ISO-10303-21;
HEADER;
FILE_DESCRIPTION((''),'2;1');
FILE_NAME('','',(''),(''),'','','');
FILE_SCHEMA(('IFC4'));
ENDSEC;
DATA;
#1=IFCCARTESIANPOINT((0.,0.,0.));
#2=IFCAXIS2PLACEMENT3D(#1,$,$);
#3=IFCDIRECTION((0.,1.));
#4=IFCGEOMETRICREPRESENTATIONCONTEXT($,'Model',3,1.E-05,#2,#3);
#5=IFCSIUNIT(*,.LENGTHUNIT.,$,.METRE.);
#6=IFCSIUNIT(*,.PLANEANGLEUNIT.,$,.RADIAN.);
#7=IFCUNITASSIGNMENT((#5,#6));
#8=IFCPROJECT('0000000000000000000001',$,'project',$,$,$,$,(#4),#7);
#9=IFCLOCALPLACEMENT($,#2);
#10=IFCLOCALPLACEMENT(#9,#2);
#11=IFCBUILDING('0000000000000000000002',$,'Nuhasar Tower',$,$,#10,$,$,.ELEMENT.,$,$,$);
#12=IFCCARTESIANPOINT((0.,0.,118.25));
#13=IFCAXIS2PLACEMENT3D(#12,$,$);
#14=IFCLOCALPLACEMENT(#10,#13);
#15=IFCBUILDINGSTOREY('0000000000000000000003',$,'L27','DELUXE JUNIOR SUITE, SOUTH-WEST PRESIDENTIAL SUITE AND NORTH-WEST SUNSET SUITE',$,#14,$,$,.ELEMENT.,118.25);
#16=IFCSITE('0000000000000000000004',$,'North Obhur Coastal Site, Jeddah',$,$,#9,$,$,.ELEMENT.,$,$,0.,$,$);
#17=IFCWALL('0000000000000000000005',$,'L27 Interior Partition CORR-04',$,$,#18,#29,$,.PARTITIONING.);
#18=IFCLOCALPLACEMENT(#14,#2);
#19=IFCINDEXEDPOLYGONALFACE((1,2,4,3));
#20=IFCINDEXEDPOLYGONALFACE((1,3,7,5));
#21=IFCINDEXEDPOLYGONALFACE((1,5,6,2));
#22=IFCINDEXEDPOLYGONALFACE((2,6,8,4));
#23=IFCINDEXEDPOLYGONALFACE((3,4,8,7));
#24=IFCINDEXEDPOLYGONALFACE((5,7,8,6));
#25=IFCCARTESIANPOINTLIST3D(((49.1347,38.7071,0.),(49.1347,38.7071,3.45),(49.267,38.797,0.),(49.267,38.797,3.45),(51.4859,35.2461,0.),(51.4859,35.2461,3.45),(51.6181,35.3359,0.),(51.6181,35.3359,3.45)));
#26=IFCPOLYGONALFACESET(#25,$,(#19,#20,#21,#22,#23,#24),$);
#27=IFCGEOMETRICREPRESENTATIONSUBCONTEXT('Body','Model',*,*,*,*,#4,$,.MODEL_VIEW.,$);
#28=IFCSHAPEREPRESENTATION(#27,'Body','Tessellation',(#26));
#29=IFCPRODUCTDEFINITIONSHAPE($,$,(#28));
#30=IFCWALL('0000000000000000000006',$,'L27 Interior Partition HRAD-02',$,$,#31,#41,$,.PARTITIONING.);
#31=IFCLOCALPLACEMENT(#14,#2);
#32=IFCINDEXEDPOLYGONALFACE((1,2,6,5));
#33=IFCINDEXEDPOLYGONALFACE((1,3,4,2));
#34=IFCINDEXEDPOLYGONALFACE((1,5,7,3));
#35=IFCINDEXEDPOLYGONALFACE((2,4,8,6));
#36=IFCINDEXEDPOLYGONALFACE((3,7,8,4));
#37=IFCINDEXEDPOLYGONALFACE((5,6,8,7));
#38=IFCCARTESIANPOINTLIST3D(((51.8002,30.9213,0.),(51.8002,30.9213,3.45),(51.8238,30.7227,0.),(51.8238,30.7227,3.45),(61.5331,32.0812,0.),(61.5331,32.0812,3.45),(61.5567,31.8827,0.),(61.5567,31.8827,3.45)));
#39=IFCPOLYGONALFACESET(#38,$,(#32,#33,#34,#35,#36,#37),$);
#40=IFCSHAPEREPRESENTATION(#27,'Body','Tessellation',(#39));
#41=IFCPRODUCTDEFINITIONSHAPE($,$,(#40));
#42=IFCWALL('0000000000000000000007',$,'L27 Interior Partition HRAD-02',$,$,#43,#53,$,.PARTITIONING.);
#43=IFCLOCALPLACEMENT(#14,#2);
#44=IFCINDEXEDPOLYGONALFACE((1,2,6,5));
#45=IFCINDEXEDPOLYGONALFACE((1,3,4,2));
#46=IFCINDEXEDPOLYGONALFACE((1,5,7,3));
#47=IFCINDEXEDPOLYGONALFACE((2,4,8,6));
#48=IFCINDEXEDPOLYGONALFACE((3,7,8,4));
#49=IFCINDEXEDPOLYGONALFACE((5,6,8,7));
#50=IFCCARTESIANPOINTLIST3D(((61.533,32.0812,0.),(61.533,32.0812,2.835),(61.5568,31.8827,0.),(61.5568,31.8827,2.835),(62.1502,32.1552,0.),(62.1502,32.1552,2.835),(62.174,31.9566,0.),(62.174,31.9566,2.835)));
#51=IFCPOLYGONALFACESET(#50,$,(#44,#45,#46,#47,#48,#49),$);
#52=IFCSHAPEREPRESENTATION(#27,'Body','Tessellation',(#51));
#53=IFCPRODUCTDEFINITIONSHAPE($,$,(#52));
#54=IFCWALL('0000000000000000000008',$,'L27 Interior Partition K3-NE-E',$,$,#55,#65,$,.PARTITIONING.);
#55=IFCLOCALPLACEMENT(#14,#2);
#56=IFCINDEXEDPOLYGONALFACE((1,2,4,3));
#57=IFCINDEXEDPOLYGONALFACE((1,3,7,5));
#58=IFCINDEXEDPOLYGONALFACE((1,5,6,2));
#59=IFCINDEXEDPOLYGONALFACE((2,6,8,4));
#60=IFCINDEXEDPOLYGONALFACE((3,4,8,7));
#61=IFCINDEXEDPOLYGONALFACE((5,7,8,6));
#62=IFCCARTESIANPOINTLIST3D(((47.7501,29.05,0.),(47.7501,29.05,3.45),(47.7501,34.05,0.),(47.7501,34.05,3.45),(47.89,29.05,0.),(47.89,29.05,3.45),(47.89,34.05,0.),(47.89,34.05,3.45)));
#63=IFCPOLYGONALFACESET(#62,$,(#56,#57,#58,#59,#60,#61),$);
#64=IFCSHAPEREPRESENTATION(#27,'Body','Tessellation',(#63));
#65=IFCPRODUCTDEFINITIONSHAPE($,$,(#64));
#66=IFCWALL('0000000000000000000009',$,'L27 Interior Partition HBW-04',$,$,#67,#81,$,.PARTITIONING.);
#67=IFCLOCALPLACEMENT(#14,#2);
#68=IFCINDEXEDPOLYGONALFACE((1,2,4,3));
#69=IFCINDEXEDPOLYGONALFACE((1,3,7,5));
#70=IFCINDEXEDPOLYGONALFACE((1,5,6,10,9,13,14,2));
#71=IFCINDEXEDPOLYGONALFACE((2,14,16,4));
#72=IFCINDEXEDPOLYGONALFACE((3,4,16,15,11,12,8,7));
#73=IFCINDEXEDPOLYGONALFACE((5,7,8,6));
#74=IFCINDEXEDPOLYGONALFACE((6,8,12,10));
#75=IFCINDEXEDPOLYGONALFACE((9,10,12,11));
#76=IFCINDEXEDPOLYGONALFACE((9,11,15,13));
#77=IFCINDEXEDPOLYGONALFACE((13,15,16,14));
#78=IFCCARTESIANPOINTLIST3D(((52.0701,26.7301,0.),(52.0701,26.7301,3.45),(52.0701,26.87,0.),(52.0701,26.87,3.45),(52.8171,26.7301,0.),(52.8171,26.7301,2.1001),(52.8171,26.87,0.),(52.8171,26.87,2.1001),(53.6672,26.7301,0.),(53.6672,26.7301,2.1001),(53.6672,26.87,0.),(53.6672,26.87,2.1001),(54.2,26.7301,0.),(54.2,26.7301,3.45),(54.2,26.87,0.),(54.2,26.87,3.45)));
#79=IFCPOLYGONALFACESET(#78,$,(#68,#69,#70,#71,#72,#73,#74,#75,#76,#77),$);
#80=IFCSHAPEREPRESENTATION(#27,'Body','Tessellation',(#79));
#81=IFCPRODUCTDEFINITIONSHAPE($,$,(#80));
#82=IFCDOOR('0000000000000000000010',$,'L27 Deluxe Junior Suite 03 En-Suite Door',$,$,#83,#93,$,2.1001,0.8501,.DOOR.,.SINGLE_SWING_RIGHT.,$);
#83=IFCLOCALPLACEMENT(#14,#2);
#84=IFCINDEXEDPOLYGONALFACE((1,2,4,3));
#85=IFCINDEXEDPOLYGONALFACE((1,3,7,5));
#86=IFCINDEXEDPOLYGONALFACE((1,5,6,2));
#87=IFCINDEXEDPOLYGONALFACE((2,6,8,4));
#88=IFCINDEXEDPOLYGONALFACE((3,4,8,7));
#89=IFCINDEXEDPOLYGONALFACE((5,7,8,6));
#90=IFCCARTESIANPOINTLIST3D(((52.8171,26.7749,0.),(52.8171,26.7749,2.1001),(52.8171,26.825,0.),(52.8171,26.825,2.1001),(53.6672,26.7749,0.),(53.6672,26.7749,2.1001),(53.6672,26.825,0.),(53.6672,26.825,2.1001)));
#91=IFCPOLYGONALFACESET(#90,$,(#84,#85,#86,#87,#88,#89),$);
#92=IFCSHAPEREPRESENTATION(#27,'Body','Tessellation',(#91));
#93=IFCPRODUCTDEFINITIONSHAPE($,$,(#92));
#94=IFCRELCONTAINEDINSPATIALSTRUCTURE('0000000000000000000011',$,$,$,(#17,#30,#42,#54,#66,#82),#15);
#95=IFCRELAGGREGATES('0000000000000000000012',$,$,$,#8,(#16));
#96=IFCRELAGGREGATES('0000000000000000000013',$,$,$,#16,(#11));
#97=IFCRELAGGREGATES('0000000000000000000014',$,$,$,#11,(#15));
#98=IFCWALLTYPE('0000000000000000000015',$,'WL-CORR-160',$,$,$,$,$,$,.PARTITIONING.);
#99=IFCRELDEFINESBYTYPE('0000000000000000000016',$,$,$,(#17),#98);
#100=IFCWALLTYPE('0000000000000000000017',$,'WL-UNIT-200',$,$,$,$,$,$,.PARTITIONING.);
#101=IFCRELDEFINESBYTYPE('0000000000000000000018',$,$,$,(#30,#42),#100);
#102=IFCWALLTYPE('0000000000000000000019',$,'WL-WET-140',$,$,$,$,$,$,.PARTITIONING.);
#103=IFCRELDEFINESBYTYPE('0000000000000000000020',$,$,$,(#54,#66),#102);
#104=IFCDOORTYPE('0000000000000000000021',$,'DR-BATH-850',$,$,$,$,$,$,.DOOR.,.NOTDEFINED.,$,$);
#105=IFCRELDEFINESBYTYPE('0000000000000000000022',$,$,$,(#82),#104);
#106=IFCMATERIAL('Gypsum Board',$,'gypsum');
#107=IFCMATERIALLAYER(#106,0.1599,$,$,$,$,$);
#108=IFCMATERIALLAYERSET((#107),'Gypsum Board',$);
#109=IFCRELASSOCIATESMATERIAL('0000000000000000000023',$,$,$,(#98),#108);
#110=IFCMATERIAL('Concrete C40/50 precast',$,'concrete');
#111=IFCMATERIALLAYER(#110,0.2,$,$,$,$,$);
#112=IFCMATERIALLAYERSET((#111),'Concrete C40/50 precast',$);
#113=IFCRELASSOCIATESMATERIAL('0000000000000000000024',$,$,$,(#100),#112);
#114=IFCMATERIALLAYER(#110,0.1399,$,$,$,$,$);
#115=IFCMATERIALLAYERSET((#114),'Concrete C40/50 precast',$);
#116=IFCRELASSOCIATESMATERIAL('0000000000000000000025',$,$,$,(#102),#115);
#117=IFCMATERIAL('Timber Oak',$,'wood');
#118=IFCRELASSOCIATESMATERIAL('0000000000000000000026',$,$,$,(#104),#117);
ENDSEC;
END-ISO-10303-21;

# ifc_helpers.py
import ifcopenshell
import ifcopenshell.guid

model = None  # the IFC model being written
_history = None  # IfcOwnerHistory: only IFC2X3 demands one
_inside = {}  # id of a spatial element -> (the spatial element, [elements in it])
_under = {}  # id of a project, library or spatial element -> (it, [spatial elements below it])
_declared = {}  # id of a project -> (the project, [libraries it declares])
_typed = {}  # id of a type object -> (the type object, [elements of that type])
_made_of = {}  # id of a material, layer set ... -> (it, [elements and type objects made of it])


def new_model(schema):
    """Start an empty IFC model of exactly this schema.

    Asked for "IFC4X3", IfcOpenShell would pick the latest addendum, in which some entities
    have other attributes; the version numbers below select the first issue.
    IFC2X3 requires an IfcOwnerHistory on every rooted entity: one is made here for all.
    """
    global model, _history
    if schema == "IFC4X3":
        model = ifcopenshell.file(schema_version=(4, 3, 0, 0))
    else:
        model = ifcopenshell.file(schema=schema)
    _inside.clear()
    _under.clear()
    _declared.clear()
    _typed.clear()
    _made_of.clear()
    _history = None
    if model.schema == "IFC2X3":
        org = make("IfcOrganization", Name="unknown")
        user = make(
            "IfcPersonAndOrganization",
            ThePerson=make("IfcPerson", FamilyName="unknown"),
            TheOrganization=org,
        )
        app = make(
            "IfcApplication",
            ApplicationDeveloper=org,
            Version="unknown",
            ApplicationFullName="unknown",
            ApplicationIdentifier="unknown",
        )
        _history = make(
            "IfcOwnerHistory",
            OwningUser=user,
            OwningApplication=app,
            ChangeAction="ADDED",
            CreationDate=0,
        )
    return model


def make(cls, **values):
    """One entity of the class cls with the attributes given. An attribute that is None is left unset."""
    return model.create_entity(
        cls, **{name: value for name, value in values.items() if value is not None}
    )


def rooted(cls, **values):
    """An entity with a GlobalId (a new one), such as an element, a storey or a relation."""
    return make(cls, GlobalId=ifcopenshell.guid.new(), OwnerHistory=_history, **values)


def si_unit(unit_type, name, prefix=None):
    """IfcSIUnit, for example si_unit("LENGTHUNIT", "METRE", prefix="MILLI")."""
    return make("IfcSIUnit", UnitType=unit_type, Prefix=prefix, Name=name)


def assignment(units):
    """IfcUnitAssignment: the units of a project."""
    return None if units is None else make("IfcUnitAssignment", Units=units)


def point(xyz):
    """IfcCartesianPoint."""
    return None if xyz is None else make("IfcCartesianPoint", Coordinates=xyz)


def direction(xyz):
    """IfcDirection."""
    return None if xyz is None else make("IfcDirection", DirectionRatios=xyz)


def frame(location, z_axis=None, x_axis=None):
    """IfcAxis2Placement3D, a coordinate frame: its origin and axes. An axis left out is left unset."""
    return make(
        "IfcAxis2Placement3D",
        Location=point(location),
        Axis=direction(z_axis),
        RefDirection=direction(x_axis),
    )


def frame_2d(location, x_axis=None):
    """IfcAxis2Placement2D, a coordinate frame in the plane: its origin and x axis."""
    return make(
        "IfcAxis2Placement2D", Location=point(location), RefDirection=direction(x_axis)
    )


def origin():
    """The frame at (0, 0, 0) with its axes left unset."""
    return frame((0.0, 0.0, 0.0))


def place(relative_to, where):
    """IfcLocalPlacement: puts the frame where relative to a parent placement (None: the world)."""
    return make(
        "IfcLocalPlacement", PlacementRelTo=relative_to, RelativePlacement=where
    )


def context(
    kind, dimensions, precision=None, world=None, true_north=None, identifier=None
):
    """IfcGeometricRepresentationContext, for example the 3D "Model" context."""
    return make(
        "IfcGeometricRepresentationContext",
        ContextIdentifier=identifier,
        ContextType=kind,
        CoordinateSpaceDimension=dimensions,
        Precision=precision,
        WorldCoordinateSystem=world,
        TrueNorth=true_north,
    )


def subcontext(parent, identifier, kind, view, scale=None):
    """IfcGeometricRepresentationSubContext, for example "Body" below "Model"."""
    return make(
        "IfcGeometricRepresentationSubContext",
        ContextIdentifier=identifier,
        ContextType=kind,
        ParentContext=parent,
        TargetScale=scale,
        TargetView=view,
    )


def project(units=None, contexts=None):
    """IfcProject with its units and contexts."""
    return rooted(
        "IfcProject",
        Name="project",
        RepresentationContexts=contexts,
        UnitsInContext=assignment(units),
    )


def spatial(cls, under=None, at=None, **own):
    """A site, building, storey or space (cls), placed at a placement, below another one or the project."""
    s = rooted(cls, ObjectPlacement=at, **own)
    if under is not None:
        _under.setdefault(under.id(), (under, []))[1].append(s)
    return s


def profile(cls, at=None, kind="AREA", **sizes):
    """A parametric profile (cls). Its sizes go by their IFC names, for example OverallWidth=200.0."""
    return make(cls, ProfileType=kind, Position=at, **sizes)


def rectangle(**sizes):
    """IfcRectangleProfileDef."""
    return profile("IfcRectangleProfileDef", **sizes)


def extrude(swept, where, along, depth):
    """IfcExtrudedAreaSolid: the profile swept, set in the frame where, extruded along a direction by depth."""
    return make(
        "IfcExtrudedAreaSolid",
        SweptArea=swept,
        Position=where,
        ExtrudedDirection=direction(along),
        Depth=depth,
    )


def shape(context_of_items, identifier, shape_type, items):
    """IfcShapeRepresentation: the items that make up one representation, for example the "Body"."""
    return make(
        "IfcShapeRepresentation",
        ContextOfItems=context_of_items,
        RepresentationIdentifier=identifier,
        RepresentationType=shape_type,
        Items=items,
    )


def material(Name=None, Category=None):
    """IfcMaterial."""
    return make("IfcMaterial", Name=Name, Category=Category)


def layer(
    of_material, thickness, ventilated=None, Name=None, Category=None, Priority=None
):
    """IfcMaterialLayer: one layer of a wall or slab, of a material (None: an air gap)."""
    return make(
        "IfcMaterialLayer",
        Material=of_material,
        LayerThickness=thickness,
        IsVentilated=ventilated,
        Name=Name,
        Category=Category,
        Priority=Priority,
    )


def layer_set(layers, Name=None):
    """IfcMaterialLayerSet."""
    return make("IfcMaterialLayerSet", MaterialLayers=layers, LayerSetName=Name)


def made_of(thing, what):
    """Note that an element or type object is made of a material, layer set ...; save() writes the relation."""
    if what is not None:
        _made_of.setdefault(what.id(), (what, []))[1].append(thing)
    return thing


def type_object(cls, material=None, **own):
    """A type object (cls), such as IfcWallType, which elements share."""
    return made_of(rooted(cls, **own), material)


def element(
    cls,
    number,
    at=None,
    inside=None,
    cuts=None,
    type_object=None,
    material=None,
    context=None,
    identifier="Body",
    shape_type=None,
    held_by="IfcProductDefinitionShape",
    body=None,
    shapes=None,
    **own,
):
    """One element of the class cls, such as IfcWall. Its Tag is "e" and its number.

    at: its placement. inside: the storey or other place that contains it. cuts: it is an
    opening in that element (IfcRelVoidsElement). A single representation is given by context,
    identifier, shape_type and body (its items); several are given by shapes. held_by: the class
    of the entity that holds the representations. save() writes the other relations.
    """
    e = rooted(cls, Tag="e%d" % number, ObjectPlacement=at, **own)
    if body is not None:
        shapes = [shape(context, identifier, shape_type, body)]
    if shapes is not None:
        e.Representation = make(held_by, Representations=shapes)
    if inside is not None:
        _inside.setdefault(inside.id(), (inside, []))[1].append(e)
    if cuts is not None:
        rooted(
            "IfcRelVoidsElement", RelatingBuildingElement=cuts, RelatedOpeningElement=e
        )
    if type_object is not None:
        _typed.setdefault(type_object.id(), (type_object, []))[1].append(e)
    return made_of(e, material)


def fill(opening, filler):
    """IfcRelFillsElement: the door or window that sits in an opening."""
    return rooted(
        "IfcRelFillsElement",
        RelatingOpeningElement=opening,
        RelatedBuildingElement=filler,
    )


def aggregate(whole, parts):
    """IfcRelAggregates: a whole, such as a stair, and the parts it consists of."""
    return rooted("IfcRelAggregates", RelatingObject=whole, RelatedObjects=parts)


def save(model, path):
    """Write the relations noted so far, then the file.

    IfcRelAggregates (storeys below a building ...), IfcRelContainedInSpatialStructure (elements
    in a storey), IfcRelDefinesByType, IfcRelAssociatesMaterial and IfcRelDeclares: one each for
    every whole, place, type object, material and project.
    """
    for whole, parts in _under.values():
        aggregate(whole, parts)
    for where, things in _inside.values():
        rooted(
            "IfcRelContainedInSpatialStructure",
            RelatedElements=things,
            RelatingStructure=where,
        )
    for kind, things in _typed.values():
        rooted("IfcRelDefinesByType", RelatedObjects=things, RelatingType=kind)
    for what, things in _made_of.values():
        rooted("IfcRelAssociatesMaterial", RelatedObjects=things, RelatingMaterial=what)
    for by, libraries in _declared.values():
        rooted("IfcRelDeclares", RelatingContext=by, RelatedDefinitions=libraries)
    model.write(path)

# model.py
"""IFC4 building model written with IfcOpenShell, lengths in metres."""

from ifc_helpers import new_model, si_unit, direction, frame, frame_2d, origin, place, context, subcontext, project, spatial, rectangle, extrude, material, layer, layer_set, type_object, element, fill, save


model = new_model("IFC4")

# Units and contexts
model_context = context("Model", 3, precision=1e-05, world=origin(), true_north=direction((0.0, 1.0)))
body_context = subcontext(model_context, "Body", "Model", "MODEL_VIEW")
ifc_project = project(units=[si_unit("LENGTHUNIT", "METRE"), si_unit("PLANEANGLEUNIT", "RADIAN")], contexts=[model_context])

# Site, building, storey
site_placement = place(None, origin())
site = spatial("IfcSite", under=ifc_project, at=site_placement, Name="North Obhur Coastal Site, Jeddah", CompositionType="ELEMENT", RefElevation=0.0)
building_placement = place(site_placement, origin())
building = spatial("IfcBuilding", under=site, at=building_placement, Name="Nuhasar Tower", CompositionType="ELEMENT")
storey_placement = place(building_placement, frame((0.0, 0.0, 118.25)))
storey = spatial("IfcBuildingStorey", under=building, at=storey_placement, Name="L27", Description="DELUXE JUNIOR SUITE, SOUTH-WEST PRESIDENTIAL SUITE AND NORTH-WEST SUNSET SUITE", CompositionType="ELEMENT", Elevation=118.25)

# Shared definitions
ifc_material_1 = material(Name="Gypsum Board", Category="gypsum")
ifc_layer_1 = layer(ifc_material_1, 0.1599)
ifc_layer_set_1 = layer_set([ifc_layer_1], Name="Gypsum Board")
wall_type_1 = type_object("IfcWallType", Name="WL-CORR-160", PredefinedType="PARTITIONING", material=ifc_layer_set_1)
ifc_material_2 = material(Name="Timber Oak", Category="wood")

# Walls
wall_1_placement = place(storey_placement, frame((51.552, 35.291, 0.0), z_axis=(0.0, 0.0, 1.0), x_axis=(-0.561924, 0.827189, 0.0)))
element("IfcWall", 1, at=wall_1_placement, inside=storey, type_object=wall_type_1, Name="L27 Interior Partition CORR-04", PredefinedType="PARTITIONING", context=body_context, shape_type="SweptSolid", body=[
    extrude(rectangle(XDim=4.1841, YDim=0.1599, at=frame_2d((2.092, 0.0))), origin(), (0.0, 0.0, 1.0), 3.45),
])
ifc_material_3 = material(Name="Concrete C40/50 precast", Category="concrete")
ifc_layer_2 = layer(ifc_material_3, 0.2)
ifc_layer_set_2 = layer_set([ifc_layer_2], Name="Concrete C40/50 precast")
wall_type_2 = type_object("IfcWallType", Name="WL-UNIT-200", PredefinedType="PARTITIONING", material=ifc_layer_set_2)
wall_2_placement = place(storey_placement, frame((51.812, 30.822, 0.0), z_axis=(0.0, 0.0, 1.0), x_axis=(0.992974, 0.118337, 0.0)))
element("IfcWall", 2, at=wall_2_placement, inside=storey, type_object=wall_type_2, Name="L27 Interior Partition HRAD-02", PredefinedType="PARTITIONING", context=body_context, shape_type="SweptSolid", body=[
    extrude(rectangle(XDim=9.8018, YDim=0.2, at=frame_2d((4.9009, 0.0))), origin(), (0.0, 0.0, 1.0), 3.45),
])
wall_3_placement = place(storey_placement, frame((61.5449, 31.9819, 0.0), z_axis=(0.0, 0.0, 1.0), x_axis=(0.992894, 0.119006, 0.0)))
element("IfcWall", 3, at=wall_3_placement, inside=storey, type_object=wall_type_2, Name="L27 Interior Partition HRAD-02", PredefinedType="PARTITIONING", context=body_context, shape_type="SweptSolid", body=[
    extrude(rectangle(XDim=0.6216, YDim=0.2, at=frame_2d((0.3108, 0.0))), origin(), (0.0, 0.0, 1.0), 2.835),
])
ifc_layer_3 = layer(ifc_material_3, 0.1399)
ifc_layer_set_3 = layer_set([ifc_layer_3], Name="Concrete C40/50 precast")
wall_type_3 = type_object("IfcWallType", Name="WL-WET-140", PredefinedType="PARTITIONING", material=ifc_layer_set_3)
wall_4_placement = place(storey_placement, frame((47.8201, 29.05, 0.0), z_axis=(0.0, 0.0, 1.0), x_axis=(0.0, 1.0, 0.0)))
element("IfcWall", 4, at=wall_4_placement, inside=storey, type_object=wall_type_3, Name="L27 Interior Partition K3-NE-E", PredefinedType="PARTITIONING", context=body_context, shape_type="SweptSolid", body=[
    extrude(rectangle(XDim=5.0, YDim=0.1399, at=frame_2d((2.5, 0.0))), origin(), (0.0, 0.0, 1.0), 3.45),
])

# Wall, opening, door
wall_5_placement = place(storey_placement, frame((52.0701, 26.8, 0.0), z_axis=(0.0, 0.0, 1.0), x_axis=(1.0, 0.0, 0.0)))
wall_5 = element("IfcWall", 5, at=wall_5_placement, inside=storey, type_object=wall_type_3, Name="L27 Interior Partition HBW-04", PredefinedType="PARTITIONING", context=body_context, shape_type="SweptSolid", body=[
    extrude(rectangle(XDim=2.1299, YDim=0.1399, at=frame_2d((1.0649, 0.0))), origin(), (0.0, 0.0, 1.0), 3.45),
])
opening_1_placement = place(wall_5_placement, frame((0.7471, 0.0, 0.0)))
opening_1 = element("IfcOpeningElement", 6, at=opening_1_placement, cuts=wall_5, PredefinedType="OPENING", context=body_context, shape_type="SweptSolid", body=[
    extrude(rectangle(XDim=0.8501, YDim=2.1001, at=frame_2d((0.425, 1.05))), frame((0.0, 0.0801, 0.0), z_axis=(0.0, -1.0, 0.0), x_axis=(1.0, 0.0, 0.0)), (0.0, 0.0, 1.0), 0.1599),
])
door_type_1 = type_object("IfcDoorType", Name="DR-BATH-850", OperationType="NOTDEFINED", PredefinedType="DOOR", material=ifc_material_2)
door_1_placement = place(opening_1_placement, origin())
door_1 = element("IfcDoor", 7, at=door_1_placement, inside=storey, type_object=door_type_1, Name="L27 Deluxe Junior Suite 03 En-Suite Door", OperationType="SINGLE_SWING_RIGHT", OverallHeight=2.1001, OverallWidth=0.8501, PredefinedType="DOOR", context=body_context, shape_type="SweptSolid", body=[
    extrude(rectangle(XDim=0.8501, YDim=2.1001, at=frame_2d((0.425, 1.05))), frame((0.0, 0.0249, 0.0), z_axis=(0.0, -1.0, 0.0), x_axis=(1.0, 0.0, 0.0)), (0.0, 0.0, 1.0), 0.05),
])
fill(opening_1, door_1)

save(model, "model.ifc")
